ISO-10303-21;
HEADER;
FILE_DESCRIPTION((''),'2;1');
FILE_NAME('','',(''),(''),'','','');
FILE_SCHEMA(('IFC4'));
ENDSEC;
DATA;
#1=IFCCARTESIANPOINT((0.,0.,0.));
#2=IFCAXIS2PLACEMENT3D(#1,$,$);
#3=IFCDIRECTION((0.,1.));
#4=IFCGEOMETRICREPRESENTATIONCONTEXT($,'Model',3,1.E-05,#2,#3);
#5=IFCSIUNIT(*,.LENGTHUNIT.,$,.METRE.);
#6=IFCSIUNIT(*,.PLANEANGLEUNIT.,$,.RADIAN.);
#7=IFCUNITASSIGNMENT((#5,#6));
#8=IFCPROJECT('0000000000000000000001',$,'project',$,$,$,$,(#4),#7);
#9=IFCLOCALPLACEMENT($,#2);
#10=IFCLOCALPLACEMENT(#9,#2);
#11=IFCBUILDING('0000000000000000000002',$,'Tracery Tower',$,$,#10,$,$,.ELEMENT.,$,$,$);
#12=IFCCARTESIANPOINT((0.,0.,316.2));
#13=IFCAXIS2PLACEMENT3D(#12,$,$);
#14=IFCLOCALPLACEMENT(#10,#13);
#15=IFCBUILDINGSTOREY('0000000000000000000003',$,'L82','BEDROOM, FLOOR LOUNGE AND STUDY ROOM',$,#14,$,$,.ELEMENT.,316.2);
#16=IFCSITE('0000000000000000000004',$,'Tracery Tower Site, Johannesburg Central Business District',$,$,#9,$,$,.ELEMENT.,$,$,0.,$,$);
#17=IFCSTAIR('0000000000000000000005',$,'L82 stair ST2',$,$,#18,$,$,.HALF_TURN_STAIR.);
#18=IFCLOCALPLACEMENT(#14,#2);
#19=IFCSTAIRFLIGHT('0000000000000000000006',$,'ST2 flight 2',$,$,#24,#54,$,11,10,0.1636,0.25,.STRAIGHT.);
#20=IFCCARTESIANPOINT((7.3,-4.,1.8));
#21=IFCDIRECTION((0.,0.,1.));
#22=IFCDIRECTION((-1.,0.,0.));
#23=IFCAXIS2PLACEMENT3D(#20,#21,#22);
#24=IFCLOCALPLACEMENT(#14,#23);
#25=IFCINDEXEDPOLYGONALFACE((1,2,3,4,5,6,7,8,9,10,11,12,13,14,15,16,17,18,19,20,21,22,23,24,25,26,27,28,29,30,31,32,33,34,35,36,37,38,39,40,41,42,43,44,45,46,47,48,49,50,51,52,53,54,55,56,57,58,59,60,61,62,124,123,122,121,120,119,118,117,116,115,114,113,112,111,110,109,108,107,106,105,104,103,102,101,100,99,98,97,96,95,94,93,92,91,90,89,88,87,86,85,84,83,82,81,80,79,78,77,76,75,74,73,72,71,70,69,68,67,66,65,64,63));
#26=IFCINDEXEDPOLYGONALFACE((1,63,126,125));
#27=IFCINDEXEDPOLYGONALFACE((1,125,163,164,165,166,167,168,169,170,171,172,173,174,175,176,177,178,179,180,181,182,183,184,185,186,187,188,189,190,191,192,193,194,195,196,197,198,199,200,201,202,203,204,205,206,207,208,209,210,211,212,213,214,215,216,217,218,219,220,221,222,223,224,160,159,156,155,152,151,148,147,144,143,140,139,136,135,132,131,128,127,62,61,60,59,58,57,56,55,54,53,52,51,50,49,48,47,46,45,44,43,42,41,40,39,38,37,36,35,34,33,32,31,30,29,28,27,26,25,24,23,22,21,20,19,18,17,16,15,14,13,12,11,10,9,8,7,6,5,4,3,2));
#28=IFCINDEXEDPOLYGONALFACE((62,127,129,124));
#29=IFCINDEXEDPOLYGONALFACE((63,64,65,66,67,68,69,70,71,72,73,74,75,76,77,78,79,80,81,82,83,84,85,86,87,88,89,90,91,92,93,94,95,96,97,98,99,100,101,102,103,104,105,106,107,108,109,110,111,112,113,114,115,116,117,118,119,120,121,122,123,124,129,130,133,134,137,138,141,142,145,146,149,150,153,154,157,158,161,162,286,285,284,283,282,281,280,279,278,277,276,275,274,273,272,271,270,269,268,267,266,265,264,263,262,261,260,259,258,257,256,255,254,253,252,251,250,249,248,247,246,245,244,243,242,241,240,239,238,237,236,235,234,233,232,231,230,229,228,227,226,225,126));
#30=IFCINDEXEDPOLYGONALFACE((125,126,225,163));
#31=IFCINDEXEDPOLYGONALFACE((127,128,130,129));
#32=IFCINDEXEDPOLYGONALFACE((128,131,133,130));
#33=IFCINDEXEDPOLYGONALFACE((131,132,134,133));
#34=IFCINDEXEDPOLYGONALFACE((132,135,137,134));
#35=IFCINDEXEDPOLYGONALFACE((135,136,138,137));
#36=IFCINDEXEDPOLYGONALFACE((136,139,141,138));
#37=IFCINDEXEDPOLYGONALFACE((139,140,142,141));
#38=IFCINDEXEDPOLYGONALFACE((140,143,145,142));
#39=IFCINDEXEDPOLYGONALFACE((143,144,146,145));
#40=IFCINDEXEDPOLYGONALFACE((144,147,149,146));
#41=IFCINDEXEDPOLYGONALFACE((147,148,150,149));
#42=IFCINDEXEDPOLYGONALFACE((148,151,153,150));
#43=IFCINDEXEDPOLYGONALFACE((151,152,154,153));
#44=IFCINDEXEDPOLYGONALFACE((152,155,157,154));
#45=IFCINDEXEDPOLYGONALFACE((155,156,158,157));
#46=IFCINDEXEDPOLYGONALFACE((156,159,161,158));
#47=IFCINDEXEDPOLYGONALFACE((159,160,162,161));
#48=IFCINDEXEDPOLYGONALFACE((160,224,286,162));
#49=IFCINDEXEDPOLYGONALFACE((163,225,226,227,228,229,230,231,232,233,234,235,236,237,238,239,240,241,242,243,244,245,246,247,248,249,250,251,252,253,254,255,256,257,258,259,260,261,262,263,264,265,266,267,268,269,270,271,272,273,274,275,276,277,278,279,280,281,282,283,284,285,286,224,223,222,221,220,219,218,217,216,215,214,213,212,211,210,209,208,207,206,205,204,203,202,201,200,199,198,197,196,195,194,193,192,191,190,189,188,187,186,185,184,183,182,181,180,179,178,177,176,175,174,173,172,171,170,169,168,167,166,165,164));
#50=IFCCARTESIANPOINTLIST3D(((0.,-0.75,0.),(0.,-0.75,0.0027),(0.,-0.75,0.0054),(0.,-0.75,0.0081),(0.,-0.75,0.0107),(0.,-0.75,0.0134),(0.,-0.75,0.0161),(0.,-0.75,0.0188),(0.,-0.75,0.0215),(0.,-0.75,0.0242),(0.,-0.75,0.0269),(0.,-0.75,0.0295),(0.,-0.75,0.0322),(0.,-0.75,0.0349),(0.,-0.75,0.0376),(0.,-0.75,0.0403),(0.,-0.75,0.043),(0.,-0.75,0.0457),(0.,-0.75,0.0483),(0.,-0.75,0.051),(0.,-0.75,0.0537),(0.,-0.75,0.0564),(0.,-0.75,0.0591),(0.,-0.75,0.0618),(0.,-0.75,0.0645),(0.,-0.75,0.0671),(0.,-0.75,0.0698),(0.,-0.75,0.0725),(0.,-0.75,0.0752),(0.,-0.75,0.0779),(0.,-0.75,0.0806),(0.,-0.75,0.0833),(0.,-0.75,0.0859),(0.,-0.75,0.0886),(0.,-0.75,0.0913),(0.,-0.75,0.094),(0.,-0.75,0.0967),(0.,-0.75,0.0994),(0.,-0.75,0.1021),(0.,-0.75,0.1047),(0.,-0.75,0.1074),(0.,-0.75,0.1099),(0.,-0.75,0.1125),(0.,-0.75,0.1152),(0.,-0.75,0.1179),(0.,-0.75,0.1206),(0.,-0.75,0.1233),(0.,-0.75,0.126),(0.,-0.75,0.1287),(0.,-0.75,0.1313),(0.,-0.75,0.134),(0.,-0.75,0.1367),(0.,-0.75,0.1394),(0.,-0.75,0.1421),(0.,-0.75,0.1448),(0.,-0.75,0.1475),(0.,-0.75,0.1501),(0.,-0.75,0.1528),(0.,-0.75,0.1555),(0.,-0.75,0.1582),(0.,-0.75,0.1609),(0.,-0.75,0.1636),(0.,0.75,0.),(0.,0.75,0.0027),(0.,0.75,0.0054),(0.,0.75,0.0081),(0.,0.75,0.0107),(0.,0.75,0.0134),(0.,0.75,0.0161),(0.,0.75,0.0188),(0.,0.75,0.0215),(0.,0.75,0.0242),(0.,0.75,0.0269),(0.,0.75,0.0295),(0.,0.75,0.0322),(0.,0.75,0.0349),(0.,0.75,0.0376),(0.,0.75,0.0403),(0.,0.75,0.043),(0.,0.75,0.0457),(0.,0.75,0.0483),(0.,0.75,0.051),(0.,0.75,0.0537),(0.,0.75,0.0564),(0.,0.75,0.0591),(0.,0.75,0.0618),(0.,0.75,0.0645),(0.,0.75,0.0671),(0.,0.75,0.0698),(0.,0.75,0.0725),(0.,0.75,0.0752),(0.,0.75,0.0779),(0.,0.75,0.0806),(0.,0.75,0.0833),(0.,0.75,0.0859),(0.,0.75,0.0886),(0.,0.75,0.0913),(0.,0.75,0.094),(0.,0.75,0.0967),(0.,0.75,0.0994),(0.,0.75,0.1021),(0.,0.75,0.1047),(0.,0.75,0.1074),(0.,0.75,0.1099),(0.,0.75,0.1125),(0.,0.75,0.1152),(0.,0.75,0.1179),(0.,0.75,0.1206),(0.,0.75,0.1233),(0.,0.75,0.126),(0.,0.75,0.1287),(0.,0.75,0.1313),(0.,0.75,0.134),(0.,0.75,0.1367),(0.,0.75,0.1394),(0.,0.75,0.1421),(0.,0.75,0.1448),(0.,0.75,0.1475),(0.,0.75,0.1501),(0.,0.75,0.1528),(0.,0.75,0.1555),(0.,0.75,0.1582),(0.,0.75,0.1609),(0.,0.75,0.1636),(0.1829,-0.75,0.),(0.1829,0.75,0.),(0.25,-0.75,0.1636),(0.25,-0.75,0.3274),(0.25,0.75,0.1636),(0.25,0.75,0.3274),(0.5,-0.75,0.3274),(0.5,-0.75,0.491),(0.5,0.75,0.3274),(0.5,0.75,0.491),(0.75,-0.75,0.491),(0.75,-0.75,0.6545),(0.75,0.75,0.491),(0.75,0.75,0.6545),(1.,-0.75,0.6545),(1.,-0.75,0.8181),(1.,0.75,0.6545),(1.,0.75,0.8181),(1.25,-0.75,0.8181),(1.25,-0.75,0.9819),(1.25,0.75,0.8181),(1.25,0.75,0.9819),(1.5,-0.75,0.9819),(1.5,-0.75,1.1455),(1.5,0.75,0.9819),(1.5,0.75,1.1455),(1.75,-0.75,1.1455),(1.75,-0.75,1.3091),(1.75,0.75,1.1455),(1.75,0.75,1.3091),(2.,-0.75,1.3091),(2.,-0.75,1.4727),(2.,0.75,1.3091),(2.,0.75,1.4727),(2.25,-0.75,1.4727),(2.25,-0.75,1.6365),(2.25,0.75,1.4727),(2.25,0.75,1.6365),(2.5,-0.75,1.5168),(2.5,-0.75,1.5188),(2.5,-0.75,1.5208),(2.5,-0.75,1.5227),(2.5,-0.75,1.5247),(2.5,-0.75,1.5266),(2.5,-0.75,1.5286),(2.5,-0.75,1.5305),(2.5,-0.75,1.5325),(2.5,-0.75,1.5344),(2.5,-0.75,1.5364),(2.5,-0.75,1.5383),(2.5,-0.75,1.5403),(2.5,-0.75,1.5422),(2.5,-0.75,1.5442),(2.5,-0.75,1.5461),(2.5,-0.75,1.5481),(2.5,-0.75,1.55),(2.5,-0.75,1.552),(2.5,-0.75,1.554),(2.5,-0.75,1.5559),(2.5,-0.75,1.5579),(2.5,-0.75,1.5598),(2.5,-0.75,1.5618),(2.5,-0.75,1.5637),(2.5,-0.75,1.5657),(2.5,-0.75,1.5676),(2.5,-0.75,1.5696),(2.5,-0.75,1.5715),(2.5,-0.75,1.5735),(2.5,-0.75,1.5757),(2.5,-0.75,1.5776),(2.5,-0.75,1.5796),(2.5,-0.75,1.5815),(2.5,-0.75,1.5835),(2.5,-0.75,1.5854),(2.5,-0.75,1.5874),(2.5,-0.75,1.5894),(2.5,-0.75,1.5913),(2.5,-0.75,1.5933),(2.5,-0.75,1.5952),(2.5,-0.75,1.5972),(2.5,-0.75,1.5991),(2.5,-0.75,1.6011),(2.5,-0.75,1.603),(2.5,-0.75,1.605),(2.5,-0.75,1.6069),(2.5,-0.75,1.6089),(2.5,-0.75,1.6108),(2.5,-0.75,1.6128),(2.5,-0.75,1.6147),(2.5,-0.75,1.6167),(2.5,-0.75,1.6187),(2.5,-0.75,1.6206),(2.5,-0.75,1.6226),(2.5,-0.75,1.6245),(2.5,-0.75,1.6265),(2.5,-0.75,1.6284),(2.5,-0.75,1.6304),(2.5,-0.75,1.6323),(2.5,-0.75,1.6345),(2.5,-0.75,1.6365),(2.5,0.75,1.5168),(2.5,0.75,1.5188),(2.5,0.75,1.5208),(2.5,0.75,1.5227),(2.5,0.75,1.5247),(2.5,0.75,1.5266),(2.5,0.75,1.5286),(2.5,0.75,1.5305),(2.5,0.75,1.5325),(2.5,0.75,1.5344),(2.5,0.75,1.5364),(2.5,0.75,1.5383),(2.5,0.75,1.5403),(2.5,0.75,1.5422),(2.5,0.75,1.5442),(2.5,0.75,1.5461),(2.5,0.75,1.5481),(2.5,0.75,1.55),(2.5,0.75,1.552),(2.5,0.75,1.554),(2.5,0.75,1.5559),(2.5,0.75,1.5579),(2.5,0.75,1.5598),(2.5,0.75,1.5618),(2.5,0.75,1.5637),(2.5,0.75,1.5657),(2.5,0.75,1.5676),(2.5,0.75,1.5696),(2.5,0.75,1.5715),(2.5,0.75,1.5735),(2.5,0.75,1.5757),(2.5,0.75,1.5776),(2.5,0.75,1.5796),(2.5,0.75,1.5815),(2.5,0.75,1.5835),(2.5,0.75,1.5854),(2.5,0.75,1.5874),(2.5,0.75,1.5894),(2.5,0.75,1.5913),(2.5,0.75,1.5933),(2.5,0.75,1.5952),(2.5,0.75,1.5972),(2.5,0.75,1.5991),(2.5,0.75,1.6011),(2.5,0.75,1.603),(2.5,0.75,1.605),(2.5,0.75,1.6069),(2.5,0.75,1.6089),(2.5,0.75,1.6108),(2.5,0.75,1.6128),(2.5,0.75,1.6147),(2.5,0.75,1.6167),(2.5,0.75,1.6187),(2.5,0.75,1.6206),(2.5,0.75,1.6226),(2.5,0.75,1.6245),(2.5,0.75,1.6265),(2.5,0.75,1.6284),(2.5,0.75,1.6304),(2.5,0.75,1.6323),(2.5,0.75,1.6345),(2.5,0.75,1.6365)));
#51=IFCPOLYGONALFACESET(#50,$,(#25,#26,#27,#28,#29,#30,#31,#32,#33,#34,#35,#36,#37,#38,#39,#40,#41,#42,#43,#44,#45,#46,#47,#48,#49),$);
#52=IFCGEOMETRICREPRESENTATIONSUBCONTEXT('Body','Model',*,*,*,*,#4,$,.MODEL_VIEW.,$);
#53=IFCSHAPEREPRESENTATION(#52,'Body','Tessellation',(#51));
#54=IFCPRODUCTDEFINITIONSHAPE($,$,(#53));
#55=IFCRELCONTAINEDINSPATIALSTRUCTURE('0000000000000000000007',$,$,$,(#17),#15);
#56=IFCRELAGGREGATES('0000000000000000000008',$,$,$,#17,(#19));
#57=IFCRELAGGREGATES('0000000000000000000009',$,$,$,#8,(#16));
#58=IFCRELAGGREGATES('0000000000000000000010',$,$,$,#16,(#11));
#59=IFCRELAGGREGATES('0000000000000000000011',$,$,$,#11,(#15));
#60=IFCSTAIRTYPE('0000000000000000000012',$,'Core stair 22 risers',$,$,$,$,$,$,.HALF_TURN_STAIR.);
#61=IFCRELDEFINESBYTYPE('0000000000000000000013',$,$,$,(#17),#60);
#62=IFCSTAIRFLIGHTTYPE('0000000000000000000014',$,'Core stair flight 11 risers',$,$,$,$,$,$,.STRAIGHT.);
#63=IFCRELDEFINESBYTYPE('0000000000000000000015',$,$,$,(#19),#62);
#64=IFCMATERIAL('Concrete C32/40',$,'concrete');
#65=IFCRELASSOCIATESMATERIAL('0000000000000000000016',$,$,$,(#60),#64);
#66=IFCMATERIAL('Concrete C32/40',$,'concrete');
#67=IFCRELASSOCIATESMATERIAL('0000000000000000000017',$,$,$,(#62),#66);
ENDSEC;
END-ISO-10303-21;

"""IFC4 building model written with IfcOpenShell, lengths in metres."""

from ifc_helpers import new_model, si_unit, direction, frame, origin, place, context, subcontext, project, spatial, polyline, outline, extrude, material, type_object, element, aggregate, save


model = new_model("IFC4")

# Units and contexts
model_context = context("Model", 3, precision=1e-05, world=origin(), true_north=direction((0.0, 1.0)))
body_context = subcontext(model_context, "Body", "Model", "MODEL_VIEW")
ifc_project = project(units=[si_unit("LENGTHUNIT", "METRE"), si_unit("PLANEANGLEUNIT", "RADIAN")], contexts=[model_context])

# Site, building, storey
site_placement = place(None, origin())
site = spatial("IfcSite", under=ifc_project, at=site_placement, Name="Tracery Tower Site, Johannesburg Central Business District", CompositionType="ELEMENT", RefElevation=0.0)
building_placement = place(site_placement, origin())
building = spatial("IfcBuilding", under=site, at=building_placement, Name="Tracery Tower", CompositionType="ELEMENT")
storey_placement = place(building_placement, frame((0.0, 0.0, 316.2)))
storey = spatial("IfcBuildingStorey", under=building, at=storey_placement, Name="L82", Description="BEDROOM, FLOOR LOUNGE AND STUDY ROOM", CompositionType="ELEMENT", Elevation=316.2)

# Stair, stair flight
ifc_material_1 = material(Name="Concrete C32/40", Category="concrete")
stair_type = type_object("IfcStairType", Name="Core stair 22 risers", PredefinedType="HALF_TURN_STAIR", material=ifc_material_1)
stair_placement = place(storey_placement, origin())
stair = element("IfcStair", 1, at=stair_placement, inside=storey, type_object=stair_type, Name="L82 stair ST2", PredefinedType="HALF_TURN_STAIR")
ifc_material_2 = material(Name="Concrete C32/40", Category="concrete")
stair_flight_type = type_object("IfcStairFlightType", Name="Core stair flight 11 risers", PredefinedType="STRAIGHT", material=ifc_material_2)
stair_flight_placement = place(storey_placement, frame((7.3, -4.0, 1.8), z_axis=(0.0, 0.0, 1.0), x_axis=(-1.0, 0.0, 0.0)))
stair_flight = element("IfcStairFlight", 2, at=stair_flight_placement, type_object=stair_flight_type, Name="ST2 flight 2", NumberOfRisers=11, NumberOfTreads=10, PredefinedType="STRAIGHT", RiserHeight=0.1636, TreadLength=0.25, context=body_context, shape_type="SweptSolid", body=[
    extrude(outline(polyline([(0.0, 0.0), (0.0, 0.0027), (0.0, 0.0054), (0.0, 0.0081), (0.0, 0.0107), (0.0, 0.0134), (0.0, 0.0161), (0.0, 0.0188), (0.0, 0.0215), (0.0, 0.0242), (0.0, 0.0269), (0.0, 0.0295), (0.0, 0.0322), (0.0, 0.0349), (0.0, 0.0376), (0.0, 0.0403), (0.0, 0.043), (0.0, 0.0457), (0.0, 0.0483), (0.0, 0.051), (0.0, 0.0537), (0.0, 0.0564), (0.0, 0.0591), (0.0, 0.0618), (0.0, 0.0645), (0.0, 0.0671), (0.0, 0.0698), (0.0, 0.0725), (0.0, 0.0752), (0.0, 0.0779), (0.0, 0.0806), (0.0, 0.0833), (0.0, 0.0859), (0.0, 0.0886), (0.0, 0.0913), (0.0, 0.094), (0.0, 0.0967), (0.0, 0.0994), (0.0, 0.1021), (0.0, 0.1047), (0.0, 0.1074), (0.0, 0.1099), (0.0, 0.1125), (0.0, 0.1152), (0.0, 0.1179), (0.0, 0.1206), (0.0, 0.1233), (0.0, 0.126), (0.0, 0.1287), (0.0, 0.1313), (0.0, 0.134), (0.0, 0.1367), (0.0, 0.1394), (0.0, 0.1421), (0.0, 0.1448), (0.0, 0.1475), (0.0, 0.1501), (0.0, 0.1528), (0.0, 0.1555), (0.0, 0.1582), (0.0, 0.1609), (0.0, 0.1636), (0.25, 0.1636), (0.25, 0.3274), (0.5, 0.3274), (0.5, 0.491), (0.75, 0.491), (0.75, 0.6545), (1.0, 0.6545), (1.0, 0.8181), (1.25, 0.8181), (1.25, 0.9819), (1.5, 0.9819), (1.5, 1.1455), (1.75, 1.1455), (1.75, 1.3091), (2.0, 1.3091), (2.0, 1.4727), (2.25, 1.4727), (2.25, 1.6365), (2.5, 1.6365), (2.5, 1.6345), (2.5, 1.6323), (2.5, 1.6304), (2.5, 1.6284), (2.5, 1.6265), (2.5, 1.6245), (2.5, 1.6226), (2.5, 1.6206), (2.5, 1.6187), (2.5, 1.6167), (2.5, 1.6147), (2.5, 1.6128), (2.5, 1.6108), (2.5, 1.6089), (2.5, 1.6069), (2.5, 1.605), (2.5, 1.603), (2.5, 1.6011), (2.5, 1.5991), (2.5, 1.5972), (2.5, 1.5952), (2.5, 1.5933), (2.5, 1.5913), (2.5, 1.5894), (2.5, 1.5874), (2.5, 1.5854), (2.5, 1.5835), (2.5, 1.5815), (2.5, 1.5796), (2.5, 1.5776), (2.5, 1.5757), (2.5, 1.5735), (2.5, 1.5715), (2.5, 1.5696), (2.5, 1.5676), (2.5, 1.5657), (2.5, 1.5637), (2.5, 1.5618), (2.5, 1.5598), (2.5, 1.5579), (2.5, 1.5559), (2.5, 1.554), (2.5, 1.552), (2.5, 1.55), (2.5, 1.5481), (2.5, 1.5461), (2.5, 1.5442), (2.5, 1.5422), (2.5, 1.5403), (2.5, 1.5383), (2.5, 1.5364), (2.5, 1.5344), (2.5, 1.5325), (2.5, 1.5305), (2.5, 1.5286), (2.5, 1.5266), (2.5, 1.5247), (2.5, 1.5227), (2.5, 1.5208), (2.5, 1.5188), (2.5, 1.5168), (0.1829, 0.0), (0.0, 0.0)])), frame((0.0, 0.75, 0.0), z_axis=(0.0, -1.0, 0.0), x_axis=(1.0, 0.0, 0.0)), (0.0, 0.0, 1.0), 1.5),
])
aggregate(stair, [stair_flight])

save(model, "model.ifc")
